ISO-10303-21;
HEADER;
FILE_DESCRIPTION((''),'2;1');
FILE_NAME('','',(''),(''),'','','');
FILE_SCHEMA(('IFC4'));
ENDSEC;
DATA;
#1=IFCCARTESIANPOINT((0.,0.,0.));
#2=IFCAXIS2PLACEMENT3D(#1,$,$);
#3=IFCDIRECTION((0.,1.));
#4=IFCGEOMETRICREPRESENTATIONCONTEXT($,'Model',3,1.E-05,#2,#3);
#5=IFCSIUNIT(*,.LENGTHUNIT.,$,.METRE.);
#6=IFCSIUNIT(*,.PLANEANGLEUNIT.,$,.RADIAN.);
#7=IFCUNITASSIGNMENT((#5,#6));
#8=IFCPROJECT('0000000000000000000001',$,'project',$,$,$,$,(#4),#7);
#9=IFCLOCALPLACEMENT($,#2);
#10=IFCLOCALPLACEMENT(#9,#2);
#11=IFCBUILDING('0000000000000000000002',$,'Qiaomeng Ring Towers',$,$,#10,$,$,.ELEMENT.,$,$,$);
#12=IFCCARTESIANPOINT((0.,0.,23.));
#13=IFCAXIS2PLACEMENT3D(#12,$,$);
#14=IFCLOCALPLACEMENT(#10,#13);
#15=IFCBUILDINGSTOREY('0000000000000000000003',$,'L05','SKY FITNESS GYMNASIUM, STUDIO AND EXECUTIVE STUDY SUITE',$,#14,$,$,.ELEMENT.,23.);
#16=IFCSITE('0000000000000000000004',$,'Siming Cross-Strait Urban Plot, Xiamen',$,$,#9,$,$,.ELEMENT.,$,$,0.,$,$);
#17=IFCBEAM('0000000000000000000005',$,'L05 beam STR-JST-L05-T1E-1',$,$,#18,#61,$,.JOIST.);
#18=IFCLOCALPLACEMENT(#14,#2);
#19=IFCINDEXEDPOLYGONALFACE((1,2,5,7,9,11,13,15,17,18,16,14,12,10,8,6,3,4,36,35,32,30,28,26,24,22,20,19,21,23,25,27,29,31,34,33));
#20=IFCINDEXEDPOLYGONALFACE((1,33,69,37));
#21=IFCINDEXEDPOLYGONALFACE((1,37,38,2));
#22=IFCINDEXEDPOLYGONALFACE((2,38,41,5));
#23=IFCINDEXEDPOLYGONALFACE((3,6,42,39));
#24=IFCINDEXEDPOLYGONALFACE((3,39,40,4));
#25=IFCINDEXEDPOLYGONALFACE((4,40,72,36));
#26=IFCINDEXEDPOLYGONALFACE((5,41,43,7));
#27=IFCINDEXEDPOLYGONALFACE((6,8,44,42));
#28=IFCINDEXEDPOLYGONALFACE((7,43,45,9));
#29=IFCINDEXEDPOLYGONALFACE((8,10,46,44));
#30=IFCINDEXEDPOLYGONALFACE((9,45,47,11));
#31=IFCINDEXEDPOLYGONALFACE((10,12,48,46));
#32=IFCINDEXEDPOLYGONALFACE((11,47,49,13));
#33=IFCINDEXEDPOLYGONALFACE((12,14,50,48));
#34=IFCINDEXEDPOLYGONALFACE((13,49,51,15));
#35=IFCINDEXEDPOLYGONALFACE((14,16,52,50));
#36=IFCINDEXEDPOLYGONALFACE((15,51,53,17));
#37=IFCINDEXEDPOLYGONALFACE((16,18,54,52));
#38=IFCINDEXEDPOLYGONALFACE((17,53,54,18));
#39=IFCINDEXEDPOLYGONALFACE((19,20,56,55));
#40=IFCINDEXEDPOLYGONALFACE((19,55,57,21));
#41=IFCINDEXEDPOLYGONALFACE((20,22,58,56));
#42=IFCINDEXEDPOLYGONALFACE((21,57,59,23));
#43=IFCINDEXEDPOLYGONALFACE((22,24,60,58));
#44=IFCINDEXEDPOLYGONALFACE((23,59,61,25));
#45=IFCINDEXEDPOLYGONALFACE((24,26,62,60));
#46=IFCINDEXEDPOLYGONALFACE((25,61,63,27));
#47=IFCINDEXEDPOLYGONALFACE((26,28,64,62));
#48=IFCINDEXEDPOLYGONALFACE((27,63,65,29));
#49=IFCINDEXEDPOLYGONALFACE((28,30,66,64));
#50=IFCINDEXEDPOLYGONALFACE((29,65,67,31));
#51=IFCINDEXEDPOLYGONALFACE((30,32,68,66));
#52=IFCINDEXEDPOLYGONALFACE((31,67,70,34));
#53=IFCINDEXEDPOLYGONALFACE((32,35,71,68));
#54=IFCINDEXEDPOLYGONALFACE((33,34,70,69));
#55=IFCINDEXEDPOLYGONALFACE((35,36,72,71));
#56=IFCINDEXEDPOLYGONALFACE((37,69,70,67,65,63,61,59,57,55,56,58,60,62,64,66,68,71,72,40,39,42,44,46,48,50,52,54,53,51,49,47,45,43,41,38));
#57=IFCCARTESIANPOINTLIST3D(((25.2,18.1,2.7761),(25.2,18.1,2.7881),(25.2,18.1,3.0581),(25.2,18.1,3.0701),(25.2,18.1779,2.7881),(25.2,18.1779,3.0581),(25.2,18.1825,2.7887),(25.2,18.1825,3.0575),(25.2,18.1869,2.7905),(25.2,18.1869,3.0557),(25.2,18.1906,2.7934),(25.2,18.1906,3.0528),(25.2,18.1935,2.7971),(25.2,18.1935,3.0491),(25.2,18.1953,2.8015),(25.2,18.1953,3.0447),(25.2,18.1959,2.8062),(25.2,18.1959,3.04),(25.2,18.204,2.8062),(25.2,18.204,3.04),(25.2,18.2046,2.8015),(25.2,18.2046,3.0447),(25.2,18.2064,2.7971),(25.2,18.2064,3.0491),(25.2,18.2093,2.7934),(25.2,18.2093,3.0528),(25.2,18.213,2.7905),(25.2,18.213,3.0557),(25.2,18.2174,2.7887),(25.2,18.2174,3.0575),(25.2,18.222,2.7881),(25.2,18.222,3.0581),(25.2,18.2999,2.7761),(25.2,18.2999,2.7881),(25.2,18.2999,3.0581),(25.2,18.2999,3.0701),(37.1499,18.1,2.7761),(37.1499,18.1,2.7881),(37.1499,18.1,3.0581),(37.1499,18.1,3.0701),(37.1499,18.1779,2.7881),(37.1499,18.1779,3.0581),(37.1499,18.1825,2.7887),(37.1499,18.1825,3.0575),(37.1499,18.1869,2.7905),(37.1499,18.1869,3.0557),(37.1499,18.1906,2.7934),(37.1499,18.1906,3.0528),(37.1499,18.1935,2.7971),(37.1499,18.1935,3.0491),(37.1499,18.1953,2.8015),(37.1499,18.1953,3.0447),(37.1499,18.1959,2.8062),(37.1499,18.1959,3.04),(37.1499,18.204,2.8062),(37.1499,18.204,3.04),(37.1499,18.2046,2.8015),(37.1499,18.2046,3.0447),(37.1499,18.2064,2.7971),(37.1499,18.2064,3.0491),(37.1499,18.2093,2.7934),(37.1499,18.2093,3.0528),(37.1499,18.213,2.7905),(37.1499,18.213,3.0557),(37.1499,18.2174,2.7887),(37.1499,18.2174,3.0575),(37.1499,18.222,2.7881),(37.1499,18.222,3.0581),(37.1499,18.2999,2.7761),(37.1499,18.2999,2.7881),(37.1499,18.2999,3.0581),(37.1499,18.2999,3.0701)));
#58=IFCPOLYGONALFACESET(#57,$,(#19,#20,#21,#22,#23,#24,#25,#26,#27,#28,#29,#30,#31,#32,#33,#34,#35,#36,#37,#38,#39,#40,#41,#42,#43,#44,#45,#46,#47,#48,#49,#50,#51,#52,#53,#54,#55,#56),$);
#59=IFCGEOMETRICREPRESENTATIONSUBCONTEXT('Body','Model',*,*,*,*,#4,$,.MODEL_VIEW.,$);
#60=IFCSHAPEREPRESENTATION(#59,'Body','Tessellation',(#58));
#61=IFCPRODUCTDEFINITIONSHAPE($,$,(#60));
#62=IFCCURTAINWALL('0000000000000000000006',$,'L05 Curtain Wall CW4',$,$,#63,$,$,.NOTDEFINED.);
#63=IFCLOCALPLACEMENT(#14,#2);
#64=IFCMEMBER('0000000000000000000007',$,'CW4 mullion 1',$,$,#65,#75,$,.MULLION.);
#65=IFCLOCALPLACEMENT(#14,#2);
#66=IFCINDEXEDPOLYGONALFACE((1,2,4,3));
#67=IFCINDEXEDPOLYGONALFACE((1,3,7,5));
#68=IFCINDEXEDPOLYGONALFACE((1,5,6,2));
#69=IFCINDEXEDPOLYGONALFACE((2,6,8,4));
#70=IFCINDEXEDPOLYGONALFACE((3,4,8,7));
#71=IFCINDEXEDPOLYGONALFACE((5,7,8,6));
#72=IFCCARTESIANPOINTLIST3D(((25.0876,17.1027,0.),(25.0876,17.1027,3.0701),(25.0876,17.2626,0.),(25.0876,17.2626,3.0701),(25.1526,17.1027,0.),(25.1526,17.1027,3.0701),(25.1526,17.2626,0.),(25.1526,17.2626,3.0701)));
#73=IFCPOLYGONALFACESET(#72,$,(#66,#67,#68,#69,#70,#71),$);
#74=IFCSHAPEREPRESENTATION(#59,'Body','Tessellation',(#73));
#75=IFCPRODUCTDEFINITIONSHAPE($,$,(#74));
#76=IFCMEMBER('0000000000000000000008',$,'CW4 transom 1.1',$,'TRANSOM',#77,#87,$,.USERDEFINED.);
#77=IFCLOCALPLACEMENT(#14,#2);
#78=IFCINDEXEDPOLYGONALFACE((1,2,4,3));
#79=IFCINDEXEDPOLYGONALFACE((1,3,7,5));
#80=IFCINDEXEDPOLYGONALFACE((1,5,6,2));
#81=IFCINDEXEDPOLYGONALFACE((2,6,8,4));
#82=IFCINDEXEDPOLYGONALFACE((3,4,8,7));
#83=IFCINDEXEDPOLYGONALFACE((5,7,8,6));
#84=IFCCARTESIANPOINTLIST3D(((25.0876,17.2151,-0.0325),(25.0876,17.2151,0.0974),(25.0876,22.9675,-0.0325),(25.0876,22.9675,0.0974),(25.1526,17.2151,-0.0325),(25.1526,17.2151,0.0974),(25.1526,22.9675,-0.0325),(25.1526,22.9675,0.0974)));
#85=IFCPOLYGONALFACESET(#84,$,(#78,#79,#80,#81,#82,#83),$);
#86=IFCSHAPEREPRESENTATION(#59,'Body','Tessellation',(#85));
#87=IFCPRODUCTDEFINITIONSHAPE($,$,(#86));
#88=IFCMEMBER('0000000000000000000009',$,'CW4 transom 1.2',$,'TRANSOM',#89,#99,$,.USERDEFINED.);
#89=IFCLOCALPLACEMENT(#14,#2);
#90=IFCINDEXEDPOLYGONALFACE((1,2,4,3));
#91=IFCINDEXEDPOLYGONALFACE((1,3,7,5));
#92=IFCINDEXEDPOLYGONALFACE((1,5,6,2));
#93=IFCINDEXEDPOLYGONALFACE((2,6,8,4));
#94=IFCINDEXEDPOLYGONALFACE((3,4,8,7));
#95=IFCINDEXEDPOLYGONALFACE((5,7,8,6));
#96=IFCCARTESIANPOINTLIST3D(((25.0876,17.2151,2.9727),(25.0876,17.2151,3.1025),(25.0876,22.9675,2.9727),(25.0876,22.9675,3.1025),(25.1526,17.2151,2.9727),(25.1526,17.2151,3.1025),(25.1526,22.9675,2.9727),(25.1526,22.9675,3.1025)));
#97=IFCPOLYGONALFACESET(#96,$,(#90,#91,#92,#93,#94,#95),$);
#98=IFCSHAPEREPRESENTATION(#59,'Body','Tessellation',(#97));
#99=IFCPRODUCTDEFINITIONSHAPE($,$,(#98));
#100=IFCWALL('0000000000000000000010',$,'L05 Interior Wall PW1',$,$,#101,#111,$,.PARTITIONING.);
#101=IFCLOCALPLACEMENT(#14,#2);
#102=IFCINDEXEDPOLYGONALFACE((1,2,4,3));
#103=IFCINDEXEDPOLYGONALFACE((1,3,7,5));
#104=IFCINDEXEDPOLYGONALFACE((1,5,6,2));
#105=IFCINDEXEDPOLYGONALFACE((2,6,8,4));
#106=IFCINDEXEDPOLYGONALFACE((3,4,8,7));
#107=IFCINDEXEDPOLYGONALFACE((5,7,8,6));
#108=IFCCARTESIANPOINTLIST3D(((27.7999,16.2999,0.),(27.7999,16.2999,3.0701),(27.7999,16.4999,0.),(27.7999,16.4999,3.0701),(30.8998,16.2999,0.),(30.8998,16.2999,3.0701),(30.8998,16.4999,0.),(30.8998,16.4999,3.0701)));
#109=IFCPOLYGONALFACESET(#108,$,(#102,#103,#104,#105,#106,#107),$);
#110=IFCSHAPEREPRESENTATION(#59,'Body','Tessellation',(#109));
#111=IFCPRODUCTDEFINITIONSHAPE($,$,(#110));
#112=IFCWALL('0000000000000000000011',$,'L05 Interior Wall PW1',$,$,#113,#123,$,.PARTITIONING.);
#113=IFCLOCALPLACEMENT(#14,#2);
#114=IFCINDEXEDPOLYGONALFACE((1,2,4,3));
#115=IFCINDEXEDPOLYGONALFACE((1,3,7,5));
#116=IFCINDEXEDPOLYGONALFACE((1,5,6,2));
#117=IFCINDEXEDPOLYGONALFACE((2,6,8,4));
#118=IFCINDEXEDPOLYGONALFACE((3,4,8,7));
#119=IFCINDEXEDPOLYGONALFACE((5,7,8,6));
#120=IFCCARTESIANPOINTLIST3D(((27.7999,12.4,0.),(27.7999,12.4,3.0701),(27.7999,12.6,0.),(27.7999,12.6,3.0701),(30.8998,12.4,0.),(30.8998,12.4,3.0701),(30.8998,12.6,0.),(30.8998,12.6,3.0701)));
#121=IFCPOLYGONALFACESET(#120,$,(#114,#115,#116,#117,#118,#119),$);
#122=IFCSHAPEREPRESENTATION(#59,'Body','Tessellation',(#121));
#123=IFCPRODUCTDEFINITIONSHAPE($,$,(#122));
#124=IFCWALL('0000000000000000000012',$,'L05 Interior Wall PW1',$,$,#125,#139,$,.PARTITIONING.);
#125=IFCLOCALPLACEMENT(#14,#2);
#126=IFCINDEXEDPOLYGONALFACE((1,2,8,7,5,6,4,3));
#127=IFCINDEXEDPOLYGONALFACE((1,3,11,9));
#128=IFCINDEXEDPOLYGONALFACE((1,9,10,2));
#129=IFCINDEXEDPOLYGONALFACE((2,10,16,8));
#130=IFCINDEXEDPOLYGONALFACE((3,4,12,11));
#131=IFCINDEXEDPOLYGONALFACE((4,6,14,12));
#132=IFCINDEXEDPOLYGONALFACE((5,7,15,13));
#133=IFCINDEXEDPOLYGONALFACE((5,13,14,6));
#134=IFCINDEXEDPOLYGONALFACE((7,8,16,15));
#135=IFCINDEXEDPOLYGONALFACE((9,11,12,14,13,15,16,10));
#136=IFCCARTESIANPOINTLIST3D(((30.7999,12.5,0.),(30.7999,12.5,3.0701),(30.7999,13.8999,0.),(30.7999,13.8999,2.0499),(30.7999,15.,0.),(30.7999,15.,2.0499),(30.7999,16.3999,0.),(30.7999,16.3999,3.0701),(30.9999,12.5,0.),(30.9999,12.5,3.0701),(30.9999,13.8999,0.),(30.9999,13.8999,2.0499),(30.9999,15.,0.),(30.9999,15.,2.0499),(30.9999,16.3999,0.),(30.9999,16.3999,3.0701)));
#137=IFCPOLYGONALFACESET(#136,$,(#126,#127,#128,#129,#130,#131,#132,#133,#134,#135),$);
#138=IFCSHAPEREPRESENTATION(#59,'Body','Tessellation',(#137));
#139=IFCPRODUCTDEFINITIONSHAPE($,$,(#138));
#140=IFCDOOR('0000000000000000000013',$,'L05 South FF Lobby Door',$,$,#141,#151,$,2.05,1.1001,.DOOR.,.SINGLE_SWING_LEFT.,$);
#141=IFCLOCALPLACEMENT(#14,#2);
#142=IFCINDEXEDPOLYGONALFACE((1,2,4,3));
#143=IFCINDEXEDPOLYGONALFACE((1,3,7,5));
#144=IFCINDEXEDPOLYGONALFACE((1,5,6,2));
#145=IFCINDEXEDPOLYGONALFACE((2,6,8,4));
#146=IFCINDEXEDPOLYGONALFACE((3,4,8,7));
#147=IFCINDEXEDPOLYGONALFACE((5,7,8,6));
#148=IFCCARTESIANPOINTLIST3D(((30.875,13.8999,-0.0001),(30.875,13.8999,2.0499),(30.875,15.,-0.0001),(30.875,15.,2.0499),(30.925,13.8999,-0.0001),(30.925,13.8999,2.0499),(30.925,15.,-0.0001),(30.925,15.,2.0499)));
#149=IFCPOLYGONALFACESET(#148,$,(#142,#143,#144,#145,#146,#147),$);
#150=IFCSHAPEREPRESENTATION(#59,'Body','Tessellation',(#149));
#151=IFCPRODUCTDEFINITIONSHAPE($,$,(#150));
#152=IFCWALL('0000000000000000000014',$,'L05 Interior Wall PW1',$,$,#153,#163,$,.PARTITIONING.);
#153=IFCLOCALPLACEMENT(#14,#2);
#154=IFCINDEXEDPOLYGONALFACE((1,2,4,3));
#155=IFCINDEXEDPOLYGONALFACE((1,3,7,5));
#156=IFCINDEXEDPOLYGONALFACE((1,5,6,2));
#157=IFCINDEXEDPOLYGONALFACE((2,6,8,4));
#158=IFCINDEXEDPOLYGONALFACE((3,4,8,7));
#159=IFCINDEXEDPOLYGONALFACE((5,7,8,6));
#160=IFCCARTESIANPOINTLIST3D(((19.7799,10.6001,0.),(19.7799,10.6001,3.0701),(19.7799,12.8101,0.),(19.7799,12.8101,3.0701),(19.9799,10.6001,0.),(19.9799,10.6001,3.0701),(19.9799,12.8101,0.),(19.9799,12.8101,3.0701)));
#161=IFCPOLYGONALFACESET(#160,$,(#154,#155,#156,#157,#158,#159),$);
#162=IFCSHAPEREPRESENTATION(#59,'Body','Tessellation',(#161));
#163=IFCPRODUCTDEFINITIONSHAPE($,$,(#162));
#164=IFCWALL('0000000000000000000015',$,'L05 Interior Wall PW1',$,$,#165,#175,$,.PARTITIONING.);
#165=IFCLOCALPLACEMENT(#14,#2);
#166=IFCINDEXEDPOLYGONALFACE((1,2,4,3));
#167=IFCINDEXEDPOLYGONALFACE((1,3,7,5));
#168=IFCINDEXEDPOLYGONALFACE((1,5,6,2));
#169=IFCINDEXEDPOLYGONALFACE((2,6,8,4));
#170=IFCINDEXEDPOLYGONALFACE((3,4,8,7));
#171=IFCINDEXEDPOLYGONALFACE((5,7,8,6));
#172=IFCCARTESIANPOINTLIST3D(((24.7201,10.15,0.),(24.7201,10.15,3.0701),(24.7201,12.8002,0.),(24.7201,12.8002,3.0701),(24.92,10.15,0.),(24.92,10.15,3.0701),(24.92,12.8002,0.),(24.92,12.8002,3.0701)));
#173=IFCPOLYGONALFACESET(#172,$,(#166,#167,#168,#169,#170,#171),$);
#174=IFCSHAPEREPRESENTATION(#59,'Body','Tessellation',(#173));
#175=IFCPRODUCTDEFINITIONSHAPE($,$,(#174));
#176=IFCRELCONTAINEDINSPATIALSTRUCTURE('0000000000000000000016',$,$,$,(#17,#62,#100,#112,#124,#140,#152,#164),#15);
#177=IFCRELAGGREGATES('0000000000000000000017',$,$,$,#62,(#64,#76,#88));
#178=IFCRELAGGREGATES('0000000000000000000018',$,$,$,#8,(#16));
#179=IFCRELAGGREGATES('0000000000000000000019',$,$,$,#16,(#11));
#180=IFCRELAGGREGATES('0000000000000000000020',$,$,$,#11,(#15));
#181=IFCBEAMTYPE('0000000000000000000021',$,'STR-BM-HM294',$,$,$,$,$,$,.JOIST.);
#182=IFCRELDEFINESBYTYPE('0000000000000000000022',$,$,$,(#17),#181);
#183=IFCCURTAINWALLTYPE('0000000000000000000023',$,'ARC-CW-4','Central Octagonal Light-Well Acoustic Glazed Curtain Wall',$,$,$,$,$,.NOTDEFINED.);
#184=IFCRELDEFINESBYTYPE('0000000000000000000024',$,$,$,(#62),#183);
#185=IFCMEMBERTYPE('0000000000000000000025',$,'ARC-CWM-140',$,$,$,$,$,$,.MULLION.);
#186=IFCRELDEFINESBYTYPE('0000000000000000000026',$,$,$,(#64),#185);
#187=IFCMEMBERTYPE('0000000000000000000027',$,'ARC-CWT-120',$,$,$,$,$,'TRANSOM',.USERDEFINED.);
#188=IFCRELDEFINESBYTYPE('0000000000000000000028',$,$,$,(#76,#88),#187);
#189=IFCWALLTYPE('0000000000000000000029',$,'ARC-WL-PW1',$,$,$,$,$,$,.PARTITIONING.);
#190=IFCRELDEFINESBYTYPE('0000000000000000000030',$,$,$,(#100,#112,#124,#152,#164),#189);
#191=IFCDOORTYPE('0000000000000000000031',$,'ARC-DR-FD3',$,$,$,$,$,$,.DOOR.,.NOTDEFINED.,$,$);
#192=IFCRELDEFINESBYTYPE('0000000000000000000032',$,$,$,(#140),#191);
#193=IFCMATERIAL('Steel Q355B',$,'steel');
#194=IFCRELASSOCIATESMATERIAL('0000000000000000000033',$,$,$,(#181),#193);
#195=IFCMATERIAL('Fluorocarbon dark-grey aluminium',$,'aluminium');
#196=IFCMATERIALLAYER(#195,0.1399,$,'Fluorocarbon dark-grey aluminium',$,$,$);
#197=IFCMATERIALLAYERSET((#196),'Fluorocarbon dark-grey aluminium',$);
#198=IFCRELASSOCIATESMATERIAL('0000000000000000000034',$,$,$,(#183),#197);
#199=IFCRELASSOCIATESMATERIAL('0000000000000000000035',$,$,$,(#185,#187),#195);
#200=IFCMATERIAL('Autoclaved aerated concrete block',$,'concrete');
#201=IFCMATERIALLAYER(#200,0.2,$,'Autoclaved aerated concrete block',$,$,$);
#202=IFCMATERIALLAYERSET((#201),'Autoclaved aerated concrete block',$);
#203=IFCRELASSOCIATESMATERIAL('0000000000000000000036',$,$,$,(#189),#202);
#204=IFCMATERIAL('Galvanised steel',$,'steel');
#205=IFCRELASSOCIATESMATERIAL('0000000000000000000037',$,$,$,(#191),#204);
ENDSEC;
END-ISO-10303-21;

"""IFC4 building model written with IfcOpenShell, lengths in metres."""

from ifc_helpers import new_model, si_unit, direction, frame, frame_2d, origin, origin_2d, place, context, subcontext, project, spatial, rectangle, i_section, extrude, source, transform, mapped, material, layer, layer_set, material_profile, profile_set, type_object, element, fill, aggregate, save


model = new_model("IFC4")

# Units and contexts
model_context = context("Model", 3, precision=1e-05, world=origin(), true_north=direction((0.0, 1.0)))
body_context = subcontext(model_context, "Body", "Model", "MODEL_VIEW")
ifc_project = project(units=[si_unit("LENGTHUNIT", "METRE"), si_unit("PLANEANGLEUNIT", "RADIAN")], contexts=[model_context])

# Site, building, storey
site_placement = place(None, origin())
site = spatial("IfcSite", under=ifc_project, at=site_placement, Name="Siming Cross-Strait Urban Plot, Xiamen", CompositionType="ELEMENT", RefElevation=0.0)
building_placement = place(site_placement, origin())
building = spatial("IfcBuilding", under=site, at=building_placement, Name="Qiaomeng Ring Towers", CompositionType="ELEMENT")
storey_placement = place(building_placement, frame((0.0, 0.0, 23.0)))
storey = spatial("IfcBuildingStorey", under=building, at=storey_placement, Name="L05", Description="SKY FITNESS GYMNASIUM, STUDIO AND EXECUTIVE STUDY SUITE", CompositionType="ELEMENT", Elevation=23.0)

# Beam
ifc_material_1 = material(Name="Steel Q355B", Category="steel")
ifc_material_profile_1 = material_profile(ifc_material_1, i_section(OverallWidth=0.2, OverallDepth=0.2939, WebThickness=0.0081, FlangeThickness=0.012, FilletRadius=0.0181, at=origin_2d()), Name="HM 294x200x8x12")
ifc_profile_set_1 = profile_set([ifc_material_profile_1], Name="Steel Q355B")
beam_type_1 = type_object("IfcBeamType", Name="STR-BM-HM294", PredefinedType="JOIST", material=ifc_profile_set_1)
shared_shape_1 = source(origin(), body_context, "Body", "SweptSolid", [
    extrude(i_section(OverallWidth=0.2, OverallDepth=0.2939, WebThickness=0.0081, FlangeThickness=0.012, FilletRadius=0.0181, at=origin_2d()), origin(), (0.0, 0.0, 1.0), 11.95),
])
beam_1_placement = place(storey_placement, frame((25.2, 18.2, 2.9231), z_axis=(1.0, 0.0, 0.0), x_axis=(0.0, 1.0, 0.0)))
element("IfcBeam", 1, at=beam_1_placement, inside=storey, type_object=beam_type_1, Name="L05 beam STR-JST-L05-T1E-1", PredefinedType="JOIST", context=body_context, shape_type="MappedRepresentation", body=[
    mapped(shared_shape_1, transform((0.0, 0.0, 0.0), x_axis=(1.0, 0.0, 0.0), y_axis=(0.0, 1.0, 0.0), z_axis=(0.0, 0.0, 1.0), scale=1.0)),
])

# Curtain wall, members
ifc_material_2 = material(Name="Fluorocarbon dark-grey aluminium", Category="aluminium")
ifc_layer_1 = layer(ifc_material_2, 0.1399, Name="Fluorocarbon dark-grey aluminium")
ifc_layer_set_1 = layer_set([ifc_layer_1], Name="Fluorocarbon dark-grey aluminium")
curtain_wall_type = type_object("IfcCurtainWallType", Name="ARC-CW-4", Description="Central Octagonal Light-Well Acoustic Glazed Curtain Wall", PredefinedType="NOTDEFINED", material=ifc_layer_set_1)
curtain_wall_placement = place(storey_placement, origin())
curtain_wall = element("IfcCurtainWall", 2, at=curtain_wall_placement, inside=storey, type_object=curtain_wall_type, Name="L05 Curtain Wall CW4", PredefinedType="NOTDEFINED")
ifc_material_profile_2 = material_profile(ifc_material_2, rectangle(XDim=0.0649, YDim=0.1599, at=origin_2d()), Name="ALU MULL 65x160")
ifc_profile_set_2 = profile_set([ifc_material_profile_2], Name="Fluorocarbon dark-grey aluminium")
member_type_1 = type_object("IfcMemberType", Name="ARC-CWM-140", PredefinedType="MULLION", material=ifc_profile_set_2)
shared_shape_2 = source(origin(), body_context, "Body", "SweptSolid", [
    extrude(rectangle(XDim=0.0649, YDim=0.1599, at=origin_2d()), origin(), (0.0, 0.0, 1.0), 3.0701),
])
member_1_placement = place(storey_placement, frame((25.1201, 17.1826, 0.0), z_axis=(0.0, 0.0, 1.0), x_axis=(-1.0, 0.0, 0.0)))
member_1 = element("IfcMember", 3, at=member_1_placement, type_object=member_type_1, Name="CW4 mullion 1", PredefinedType="MULLION", context=body_context, shape_type="MappedRepresentation", body=[
    mapped(shared_shape_2, transform((0.0, 0.0, 0.0), x_axis=(1.0, 0.0, 0.0), y_axis=(0.0, 1.0, 0.0), z_axis=(0.0, 0.0, 1.0), scale=1.0)),
])
ifc_material_profile_3 = material_profile(ifc_material_2, rectangle(XDim=0.0649, YDim=0.1299, at=origin_2d()), Name="ALU TRAN 65x130")
ifc_profile_set_3 = profile_set([ifc_material_profile_3], Name="Fluorocarbon dark-grey aluminium")
member_type_2 = type_object("IfcMemberType", Name="ARC-CWT-120", ElementType="TRANSOM", PredefinedType="USERDEFINED", material=ifc_profile_set_3)
shared_shape_3 = source(origin(), body_context, "Body", "SweptSolid", [
    extrude(rectangle(XDim=0.0649, YDim=0.1299, at=origin_2d()), origin(), (0.0, 0.0, 1.0), 5.7524),
])
member_2_placement = place(storey_placement, frame((25.1201, 17.2151, 0.0325), z_axis=(0.0, 1.0, 0.0), x_axis=(-1.0, 0.0, 0.0)))
member_2 = element("IfcMember", 4, at=member_2_placement, type_object=member_type_2, Name="CW4 transom 1.1", ObjectType="TRANSOM", PredefinedType="USERDEFINED", context=body_context, shape_type="MappedRepresentation", body=[
    mapped(shared_shape_3, transform((0.0, 0.0, 0.0), x_axis=(1.0, 0.0, 0.0), y_axis=(0.0, 1.0, 0.0), z_axis=(0.0, 0.0, 1.0), scale=1.0)),
])
member_3_placement = place(storey_placement, frame((25.1201, 17.2151, 3.0376), z_axis=(0.0, 1.0, 0.0), x_axis=(-1.0, 0.0, 0.0)))
member_3 = element("IfcMember", 5, at=member_3_placement, type_object=member_type_2, Name="CW4 transom 1.2", ObjectType="TRANSOM", PredefinedType="USERDEFINED", context=body_context, shape_type="MappedRepresentation", body=[
    mapped(shared_shape_3, transform((0.0, 0.0, 0.0), x_axis=(1.0, 0.0, 0.0), y_axis=(0.0, 1.0, 0.0), z_axis=(0.0, 0.0, 1.0), scale=1.0)),
])
aggregate(curtain_wall, [member_1, member_2, member_3])

# Walls
ifc_material_3 = material(Name="Autoclaved aerated concrete block", Category="concrete")
ifc_layer_2 = layer(ifc_material_3, 0.2, Name="Autoclaved aerated concrete block")
ifc_layer_set_2 = layer_set([ifc_layer_2], Name="Autoclaved aerated concrete block")
wall_type_1 = type_object("IfcWallType", Name="ARC-WL-PW1", PredefinedType="PARTITIONING", material=ifc_layer_set_2)
for number, where, z_axis, x_axis, name in (
    (6, (27.8, 16.3999, 0.0), (0.0, 0.0, 1.0), (1.0, 0.0, 0.0), "L05 Interior Wall PW1"),
    (7, (27.8, 12.5, 0.0), (0.0, 0.0, 1.0), (1.0, 0.0, 0.0), "L05 Interior Wall PW1"),
):
    element("IfcWall", number, at=place(storey_placement, frame(where, z_axis=z_axis, x_axis=x_axis)), inside=storey, type_object=wall_type_1, Name=name, PredefinedType="PARTITIONING", context=body_context, shape_type="SweptSolid", body=[
        extrude(rectangle(XDim=3.0999, YDim=0.2, at=frame_2d((1.5498, 0.0))), origin(), (0.0, 0.0, 1.0), 3.0701),
    ])

# Wall, opening, door
wall_1_placement = place(storey_placement, frame((30.8999, 12.5, 0.0), z_axis=(0.0, 0.0, 1.0), x_axis=(0.0, 1.0, 0.0)))
wall_1 = element("IfcWall", 8, at=wall_1_placement, inside=storey, type_object=wall_type_1, Name="L05 Interior Wall PW1", PredefinedType="PARTITIONING", context=body_context, shape_type="SweptSolid", body=[
    extrude(rectangle(XDim=3.8999, YDim=0.2, at=frame_2d((1.95, 0.0))), origin(), (0.0, 0.0, 1.0), 3.0701),
])
opening_1_placement = place(wall_1_placement, frame((1.3999, 0.0, 0.0)))
opening_1 = element("IfcOpeningElement", 9, at=opening_1_placement, cuts=wall_1, PredefinedType="OPENING", context=body_context, shape_type="SweptSolid", body=[
    extrude(rectangle(XDim=1.1001, YDim=2.05, at=frame_2d((0.55, 1.0249))), frame((0.0, 0.1099, 0.0), z_axis=(0.0, -1.0, 0.0), x_axis=(1.0, 0.0, 0.0)), (0.0, 0.0, 1.0), 0.22),
])
ifc_material_4 = material(Name="Galvanised steel", Category="steel")
door_type_1 = type_object("IfcDoorType", Name="ARC-DR-FD3", OperationType="NOTDEFINED", PredefinedType="DOOR", material=ifc_material_4)
shared_shape_4 = source(origin(), body_context, "Body", "SweptSolid", [
    extrude(rectangle(XDim=1.1001, YDim=2.05, at=frame_2d((0.55, 1.0249))), frame((0.0, 0.0249, 0.0), z_axis=(0.0, -1.0, 0.0), x_axis=(1.0, 0.0, 0.0)), (0.0, 0.0, 1.0), 0.05),
])
door_1_placement = place(opening_1_placement, origin())
door_1 = element("IfcDoor", 10, at=door_1_placement, inside=storey, type_object=door_type_1, Name="L05 South FF Lobby Door", OperationType="SINGLE_SWING_LEFT", OverallHeight=2.05, OverallWidth=1.1001, PredefinedType="DOOR", context=body_context, shape_type="MappedRepresentation", body=[
    mapped(shared_shape_4, transform((0.0, 0.0, 0.0), x_axis=(1.0, 0.0, 0.0), y_axis=(0.0, 1.0, 0.0), z_axis=(0.0, 0.0, 1.0), scale=1.0)),
])
fill(opening_1, door_1)

# Walls
wall_2_placement = place(storey_placement, frame((19.8799, 10.6001, 0.0), z_axis=(0.0, 0.0, 1.0), x_axis=(0.0, 1.0, 0.0)))
element("IfcWall", 11, at=wall_2_placement, inside=storey, type_object=wall_type_1, Name="L05 Interior Wall PW1", PredefinedType="PARTITIONING", context=body_context, shape_type="SweptSolid", body=[
    extrude(rectangle(XDim=2.21, YDim=0.2, at=frame_2d((1.105, 0.0))), origin(), (0.0, 0.0, 1.0), 3.0701),
])
wall_3_placement = place(storey_placement, frame((24.8201, 10.1499, 0.0), z_axis=(0.0, 0.0, 1.0), x_axis=(0.0, 1.0, 0.0)))
element("IfcWall", 12, at=wall_3_placement, inside=storey, type_object=wall_type_1, Name="L05 Interior Wall PW1", PredefinedType="PARTITIONING", context=body_context, shape_type="SweptSolid", body=[
    extrude(rectangle(XDim=2.6501, YDim=0.2, at=frame_2d((1.3252, 0.0))), origin(), (0.0, 0.0, 1.0), 3.0701),
])

save(model, "model.ifc")
